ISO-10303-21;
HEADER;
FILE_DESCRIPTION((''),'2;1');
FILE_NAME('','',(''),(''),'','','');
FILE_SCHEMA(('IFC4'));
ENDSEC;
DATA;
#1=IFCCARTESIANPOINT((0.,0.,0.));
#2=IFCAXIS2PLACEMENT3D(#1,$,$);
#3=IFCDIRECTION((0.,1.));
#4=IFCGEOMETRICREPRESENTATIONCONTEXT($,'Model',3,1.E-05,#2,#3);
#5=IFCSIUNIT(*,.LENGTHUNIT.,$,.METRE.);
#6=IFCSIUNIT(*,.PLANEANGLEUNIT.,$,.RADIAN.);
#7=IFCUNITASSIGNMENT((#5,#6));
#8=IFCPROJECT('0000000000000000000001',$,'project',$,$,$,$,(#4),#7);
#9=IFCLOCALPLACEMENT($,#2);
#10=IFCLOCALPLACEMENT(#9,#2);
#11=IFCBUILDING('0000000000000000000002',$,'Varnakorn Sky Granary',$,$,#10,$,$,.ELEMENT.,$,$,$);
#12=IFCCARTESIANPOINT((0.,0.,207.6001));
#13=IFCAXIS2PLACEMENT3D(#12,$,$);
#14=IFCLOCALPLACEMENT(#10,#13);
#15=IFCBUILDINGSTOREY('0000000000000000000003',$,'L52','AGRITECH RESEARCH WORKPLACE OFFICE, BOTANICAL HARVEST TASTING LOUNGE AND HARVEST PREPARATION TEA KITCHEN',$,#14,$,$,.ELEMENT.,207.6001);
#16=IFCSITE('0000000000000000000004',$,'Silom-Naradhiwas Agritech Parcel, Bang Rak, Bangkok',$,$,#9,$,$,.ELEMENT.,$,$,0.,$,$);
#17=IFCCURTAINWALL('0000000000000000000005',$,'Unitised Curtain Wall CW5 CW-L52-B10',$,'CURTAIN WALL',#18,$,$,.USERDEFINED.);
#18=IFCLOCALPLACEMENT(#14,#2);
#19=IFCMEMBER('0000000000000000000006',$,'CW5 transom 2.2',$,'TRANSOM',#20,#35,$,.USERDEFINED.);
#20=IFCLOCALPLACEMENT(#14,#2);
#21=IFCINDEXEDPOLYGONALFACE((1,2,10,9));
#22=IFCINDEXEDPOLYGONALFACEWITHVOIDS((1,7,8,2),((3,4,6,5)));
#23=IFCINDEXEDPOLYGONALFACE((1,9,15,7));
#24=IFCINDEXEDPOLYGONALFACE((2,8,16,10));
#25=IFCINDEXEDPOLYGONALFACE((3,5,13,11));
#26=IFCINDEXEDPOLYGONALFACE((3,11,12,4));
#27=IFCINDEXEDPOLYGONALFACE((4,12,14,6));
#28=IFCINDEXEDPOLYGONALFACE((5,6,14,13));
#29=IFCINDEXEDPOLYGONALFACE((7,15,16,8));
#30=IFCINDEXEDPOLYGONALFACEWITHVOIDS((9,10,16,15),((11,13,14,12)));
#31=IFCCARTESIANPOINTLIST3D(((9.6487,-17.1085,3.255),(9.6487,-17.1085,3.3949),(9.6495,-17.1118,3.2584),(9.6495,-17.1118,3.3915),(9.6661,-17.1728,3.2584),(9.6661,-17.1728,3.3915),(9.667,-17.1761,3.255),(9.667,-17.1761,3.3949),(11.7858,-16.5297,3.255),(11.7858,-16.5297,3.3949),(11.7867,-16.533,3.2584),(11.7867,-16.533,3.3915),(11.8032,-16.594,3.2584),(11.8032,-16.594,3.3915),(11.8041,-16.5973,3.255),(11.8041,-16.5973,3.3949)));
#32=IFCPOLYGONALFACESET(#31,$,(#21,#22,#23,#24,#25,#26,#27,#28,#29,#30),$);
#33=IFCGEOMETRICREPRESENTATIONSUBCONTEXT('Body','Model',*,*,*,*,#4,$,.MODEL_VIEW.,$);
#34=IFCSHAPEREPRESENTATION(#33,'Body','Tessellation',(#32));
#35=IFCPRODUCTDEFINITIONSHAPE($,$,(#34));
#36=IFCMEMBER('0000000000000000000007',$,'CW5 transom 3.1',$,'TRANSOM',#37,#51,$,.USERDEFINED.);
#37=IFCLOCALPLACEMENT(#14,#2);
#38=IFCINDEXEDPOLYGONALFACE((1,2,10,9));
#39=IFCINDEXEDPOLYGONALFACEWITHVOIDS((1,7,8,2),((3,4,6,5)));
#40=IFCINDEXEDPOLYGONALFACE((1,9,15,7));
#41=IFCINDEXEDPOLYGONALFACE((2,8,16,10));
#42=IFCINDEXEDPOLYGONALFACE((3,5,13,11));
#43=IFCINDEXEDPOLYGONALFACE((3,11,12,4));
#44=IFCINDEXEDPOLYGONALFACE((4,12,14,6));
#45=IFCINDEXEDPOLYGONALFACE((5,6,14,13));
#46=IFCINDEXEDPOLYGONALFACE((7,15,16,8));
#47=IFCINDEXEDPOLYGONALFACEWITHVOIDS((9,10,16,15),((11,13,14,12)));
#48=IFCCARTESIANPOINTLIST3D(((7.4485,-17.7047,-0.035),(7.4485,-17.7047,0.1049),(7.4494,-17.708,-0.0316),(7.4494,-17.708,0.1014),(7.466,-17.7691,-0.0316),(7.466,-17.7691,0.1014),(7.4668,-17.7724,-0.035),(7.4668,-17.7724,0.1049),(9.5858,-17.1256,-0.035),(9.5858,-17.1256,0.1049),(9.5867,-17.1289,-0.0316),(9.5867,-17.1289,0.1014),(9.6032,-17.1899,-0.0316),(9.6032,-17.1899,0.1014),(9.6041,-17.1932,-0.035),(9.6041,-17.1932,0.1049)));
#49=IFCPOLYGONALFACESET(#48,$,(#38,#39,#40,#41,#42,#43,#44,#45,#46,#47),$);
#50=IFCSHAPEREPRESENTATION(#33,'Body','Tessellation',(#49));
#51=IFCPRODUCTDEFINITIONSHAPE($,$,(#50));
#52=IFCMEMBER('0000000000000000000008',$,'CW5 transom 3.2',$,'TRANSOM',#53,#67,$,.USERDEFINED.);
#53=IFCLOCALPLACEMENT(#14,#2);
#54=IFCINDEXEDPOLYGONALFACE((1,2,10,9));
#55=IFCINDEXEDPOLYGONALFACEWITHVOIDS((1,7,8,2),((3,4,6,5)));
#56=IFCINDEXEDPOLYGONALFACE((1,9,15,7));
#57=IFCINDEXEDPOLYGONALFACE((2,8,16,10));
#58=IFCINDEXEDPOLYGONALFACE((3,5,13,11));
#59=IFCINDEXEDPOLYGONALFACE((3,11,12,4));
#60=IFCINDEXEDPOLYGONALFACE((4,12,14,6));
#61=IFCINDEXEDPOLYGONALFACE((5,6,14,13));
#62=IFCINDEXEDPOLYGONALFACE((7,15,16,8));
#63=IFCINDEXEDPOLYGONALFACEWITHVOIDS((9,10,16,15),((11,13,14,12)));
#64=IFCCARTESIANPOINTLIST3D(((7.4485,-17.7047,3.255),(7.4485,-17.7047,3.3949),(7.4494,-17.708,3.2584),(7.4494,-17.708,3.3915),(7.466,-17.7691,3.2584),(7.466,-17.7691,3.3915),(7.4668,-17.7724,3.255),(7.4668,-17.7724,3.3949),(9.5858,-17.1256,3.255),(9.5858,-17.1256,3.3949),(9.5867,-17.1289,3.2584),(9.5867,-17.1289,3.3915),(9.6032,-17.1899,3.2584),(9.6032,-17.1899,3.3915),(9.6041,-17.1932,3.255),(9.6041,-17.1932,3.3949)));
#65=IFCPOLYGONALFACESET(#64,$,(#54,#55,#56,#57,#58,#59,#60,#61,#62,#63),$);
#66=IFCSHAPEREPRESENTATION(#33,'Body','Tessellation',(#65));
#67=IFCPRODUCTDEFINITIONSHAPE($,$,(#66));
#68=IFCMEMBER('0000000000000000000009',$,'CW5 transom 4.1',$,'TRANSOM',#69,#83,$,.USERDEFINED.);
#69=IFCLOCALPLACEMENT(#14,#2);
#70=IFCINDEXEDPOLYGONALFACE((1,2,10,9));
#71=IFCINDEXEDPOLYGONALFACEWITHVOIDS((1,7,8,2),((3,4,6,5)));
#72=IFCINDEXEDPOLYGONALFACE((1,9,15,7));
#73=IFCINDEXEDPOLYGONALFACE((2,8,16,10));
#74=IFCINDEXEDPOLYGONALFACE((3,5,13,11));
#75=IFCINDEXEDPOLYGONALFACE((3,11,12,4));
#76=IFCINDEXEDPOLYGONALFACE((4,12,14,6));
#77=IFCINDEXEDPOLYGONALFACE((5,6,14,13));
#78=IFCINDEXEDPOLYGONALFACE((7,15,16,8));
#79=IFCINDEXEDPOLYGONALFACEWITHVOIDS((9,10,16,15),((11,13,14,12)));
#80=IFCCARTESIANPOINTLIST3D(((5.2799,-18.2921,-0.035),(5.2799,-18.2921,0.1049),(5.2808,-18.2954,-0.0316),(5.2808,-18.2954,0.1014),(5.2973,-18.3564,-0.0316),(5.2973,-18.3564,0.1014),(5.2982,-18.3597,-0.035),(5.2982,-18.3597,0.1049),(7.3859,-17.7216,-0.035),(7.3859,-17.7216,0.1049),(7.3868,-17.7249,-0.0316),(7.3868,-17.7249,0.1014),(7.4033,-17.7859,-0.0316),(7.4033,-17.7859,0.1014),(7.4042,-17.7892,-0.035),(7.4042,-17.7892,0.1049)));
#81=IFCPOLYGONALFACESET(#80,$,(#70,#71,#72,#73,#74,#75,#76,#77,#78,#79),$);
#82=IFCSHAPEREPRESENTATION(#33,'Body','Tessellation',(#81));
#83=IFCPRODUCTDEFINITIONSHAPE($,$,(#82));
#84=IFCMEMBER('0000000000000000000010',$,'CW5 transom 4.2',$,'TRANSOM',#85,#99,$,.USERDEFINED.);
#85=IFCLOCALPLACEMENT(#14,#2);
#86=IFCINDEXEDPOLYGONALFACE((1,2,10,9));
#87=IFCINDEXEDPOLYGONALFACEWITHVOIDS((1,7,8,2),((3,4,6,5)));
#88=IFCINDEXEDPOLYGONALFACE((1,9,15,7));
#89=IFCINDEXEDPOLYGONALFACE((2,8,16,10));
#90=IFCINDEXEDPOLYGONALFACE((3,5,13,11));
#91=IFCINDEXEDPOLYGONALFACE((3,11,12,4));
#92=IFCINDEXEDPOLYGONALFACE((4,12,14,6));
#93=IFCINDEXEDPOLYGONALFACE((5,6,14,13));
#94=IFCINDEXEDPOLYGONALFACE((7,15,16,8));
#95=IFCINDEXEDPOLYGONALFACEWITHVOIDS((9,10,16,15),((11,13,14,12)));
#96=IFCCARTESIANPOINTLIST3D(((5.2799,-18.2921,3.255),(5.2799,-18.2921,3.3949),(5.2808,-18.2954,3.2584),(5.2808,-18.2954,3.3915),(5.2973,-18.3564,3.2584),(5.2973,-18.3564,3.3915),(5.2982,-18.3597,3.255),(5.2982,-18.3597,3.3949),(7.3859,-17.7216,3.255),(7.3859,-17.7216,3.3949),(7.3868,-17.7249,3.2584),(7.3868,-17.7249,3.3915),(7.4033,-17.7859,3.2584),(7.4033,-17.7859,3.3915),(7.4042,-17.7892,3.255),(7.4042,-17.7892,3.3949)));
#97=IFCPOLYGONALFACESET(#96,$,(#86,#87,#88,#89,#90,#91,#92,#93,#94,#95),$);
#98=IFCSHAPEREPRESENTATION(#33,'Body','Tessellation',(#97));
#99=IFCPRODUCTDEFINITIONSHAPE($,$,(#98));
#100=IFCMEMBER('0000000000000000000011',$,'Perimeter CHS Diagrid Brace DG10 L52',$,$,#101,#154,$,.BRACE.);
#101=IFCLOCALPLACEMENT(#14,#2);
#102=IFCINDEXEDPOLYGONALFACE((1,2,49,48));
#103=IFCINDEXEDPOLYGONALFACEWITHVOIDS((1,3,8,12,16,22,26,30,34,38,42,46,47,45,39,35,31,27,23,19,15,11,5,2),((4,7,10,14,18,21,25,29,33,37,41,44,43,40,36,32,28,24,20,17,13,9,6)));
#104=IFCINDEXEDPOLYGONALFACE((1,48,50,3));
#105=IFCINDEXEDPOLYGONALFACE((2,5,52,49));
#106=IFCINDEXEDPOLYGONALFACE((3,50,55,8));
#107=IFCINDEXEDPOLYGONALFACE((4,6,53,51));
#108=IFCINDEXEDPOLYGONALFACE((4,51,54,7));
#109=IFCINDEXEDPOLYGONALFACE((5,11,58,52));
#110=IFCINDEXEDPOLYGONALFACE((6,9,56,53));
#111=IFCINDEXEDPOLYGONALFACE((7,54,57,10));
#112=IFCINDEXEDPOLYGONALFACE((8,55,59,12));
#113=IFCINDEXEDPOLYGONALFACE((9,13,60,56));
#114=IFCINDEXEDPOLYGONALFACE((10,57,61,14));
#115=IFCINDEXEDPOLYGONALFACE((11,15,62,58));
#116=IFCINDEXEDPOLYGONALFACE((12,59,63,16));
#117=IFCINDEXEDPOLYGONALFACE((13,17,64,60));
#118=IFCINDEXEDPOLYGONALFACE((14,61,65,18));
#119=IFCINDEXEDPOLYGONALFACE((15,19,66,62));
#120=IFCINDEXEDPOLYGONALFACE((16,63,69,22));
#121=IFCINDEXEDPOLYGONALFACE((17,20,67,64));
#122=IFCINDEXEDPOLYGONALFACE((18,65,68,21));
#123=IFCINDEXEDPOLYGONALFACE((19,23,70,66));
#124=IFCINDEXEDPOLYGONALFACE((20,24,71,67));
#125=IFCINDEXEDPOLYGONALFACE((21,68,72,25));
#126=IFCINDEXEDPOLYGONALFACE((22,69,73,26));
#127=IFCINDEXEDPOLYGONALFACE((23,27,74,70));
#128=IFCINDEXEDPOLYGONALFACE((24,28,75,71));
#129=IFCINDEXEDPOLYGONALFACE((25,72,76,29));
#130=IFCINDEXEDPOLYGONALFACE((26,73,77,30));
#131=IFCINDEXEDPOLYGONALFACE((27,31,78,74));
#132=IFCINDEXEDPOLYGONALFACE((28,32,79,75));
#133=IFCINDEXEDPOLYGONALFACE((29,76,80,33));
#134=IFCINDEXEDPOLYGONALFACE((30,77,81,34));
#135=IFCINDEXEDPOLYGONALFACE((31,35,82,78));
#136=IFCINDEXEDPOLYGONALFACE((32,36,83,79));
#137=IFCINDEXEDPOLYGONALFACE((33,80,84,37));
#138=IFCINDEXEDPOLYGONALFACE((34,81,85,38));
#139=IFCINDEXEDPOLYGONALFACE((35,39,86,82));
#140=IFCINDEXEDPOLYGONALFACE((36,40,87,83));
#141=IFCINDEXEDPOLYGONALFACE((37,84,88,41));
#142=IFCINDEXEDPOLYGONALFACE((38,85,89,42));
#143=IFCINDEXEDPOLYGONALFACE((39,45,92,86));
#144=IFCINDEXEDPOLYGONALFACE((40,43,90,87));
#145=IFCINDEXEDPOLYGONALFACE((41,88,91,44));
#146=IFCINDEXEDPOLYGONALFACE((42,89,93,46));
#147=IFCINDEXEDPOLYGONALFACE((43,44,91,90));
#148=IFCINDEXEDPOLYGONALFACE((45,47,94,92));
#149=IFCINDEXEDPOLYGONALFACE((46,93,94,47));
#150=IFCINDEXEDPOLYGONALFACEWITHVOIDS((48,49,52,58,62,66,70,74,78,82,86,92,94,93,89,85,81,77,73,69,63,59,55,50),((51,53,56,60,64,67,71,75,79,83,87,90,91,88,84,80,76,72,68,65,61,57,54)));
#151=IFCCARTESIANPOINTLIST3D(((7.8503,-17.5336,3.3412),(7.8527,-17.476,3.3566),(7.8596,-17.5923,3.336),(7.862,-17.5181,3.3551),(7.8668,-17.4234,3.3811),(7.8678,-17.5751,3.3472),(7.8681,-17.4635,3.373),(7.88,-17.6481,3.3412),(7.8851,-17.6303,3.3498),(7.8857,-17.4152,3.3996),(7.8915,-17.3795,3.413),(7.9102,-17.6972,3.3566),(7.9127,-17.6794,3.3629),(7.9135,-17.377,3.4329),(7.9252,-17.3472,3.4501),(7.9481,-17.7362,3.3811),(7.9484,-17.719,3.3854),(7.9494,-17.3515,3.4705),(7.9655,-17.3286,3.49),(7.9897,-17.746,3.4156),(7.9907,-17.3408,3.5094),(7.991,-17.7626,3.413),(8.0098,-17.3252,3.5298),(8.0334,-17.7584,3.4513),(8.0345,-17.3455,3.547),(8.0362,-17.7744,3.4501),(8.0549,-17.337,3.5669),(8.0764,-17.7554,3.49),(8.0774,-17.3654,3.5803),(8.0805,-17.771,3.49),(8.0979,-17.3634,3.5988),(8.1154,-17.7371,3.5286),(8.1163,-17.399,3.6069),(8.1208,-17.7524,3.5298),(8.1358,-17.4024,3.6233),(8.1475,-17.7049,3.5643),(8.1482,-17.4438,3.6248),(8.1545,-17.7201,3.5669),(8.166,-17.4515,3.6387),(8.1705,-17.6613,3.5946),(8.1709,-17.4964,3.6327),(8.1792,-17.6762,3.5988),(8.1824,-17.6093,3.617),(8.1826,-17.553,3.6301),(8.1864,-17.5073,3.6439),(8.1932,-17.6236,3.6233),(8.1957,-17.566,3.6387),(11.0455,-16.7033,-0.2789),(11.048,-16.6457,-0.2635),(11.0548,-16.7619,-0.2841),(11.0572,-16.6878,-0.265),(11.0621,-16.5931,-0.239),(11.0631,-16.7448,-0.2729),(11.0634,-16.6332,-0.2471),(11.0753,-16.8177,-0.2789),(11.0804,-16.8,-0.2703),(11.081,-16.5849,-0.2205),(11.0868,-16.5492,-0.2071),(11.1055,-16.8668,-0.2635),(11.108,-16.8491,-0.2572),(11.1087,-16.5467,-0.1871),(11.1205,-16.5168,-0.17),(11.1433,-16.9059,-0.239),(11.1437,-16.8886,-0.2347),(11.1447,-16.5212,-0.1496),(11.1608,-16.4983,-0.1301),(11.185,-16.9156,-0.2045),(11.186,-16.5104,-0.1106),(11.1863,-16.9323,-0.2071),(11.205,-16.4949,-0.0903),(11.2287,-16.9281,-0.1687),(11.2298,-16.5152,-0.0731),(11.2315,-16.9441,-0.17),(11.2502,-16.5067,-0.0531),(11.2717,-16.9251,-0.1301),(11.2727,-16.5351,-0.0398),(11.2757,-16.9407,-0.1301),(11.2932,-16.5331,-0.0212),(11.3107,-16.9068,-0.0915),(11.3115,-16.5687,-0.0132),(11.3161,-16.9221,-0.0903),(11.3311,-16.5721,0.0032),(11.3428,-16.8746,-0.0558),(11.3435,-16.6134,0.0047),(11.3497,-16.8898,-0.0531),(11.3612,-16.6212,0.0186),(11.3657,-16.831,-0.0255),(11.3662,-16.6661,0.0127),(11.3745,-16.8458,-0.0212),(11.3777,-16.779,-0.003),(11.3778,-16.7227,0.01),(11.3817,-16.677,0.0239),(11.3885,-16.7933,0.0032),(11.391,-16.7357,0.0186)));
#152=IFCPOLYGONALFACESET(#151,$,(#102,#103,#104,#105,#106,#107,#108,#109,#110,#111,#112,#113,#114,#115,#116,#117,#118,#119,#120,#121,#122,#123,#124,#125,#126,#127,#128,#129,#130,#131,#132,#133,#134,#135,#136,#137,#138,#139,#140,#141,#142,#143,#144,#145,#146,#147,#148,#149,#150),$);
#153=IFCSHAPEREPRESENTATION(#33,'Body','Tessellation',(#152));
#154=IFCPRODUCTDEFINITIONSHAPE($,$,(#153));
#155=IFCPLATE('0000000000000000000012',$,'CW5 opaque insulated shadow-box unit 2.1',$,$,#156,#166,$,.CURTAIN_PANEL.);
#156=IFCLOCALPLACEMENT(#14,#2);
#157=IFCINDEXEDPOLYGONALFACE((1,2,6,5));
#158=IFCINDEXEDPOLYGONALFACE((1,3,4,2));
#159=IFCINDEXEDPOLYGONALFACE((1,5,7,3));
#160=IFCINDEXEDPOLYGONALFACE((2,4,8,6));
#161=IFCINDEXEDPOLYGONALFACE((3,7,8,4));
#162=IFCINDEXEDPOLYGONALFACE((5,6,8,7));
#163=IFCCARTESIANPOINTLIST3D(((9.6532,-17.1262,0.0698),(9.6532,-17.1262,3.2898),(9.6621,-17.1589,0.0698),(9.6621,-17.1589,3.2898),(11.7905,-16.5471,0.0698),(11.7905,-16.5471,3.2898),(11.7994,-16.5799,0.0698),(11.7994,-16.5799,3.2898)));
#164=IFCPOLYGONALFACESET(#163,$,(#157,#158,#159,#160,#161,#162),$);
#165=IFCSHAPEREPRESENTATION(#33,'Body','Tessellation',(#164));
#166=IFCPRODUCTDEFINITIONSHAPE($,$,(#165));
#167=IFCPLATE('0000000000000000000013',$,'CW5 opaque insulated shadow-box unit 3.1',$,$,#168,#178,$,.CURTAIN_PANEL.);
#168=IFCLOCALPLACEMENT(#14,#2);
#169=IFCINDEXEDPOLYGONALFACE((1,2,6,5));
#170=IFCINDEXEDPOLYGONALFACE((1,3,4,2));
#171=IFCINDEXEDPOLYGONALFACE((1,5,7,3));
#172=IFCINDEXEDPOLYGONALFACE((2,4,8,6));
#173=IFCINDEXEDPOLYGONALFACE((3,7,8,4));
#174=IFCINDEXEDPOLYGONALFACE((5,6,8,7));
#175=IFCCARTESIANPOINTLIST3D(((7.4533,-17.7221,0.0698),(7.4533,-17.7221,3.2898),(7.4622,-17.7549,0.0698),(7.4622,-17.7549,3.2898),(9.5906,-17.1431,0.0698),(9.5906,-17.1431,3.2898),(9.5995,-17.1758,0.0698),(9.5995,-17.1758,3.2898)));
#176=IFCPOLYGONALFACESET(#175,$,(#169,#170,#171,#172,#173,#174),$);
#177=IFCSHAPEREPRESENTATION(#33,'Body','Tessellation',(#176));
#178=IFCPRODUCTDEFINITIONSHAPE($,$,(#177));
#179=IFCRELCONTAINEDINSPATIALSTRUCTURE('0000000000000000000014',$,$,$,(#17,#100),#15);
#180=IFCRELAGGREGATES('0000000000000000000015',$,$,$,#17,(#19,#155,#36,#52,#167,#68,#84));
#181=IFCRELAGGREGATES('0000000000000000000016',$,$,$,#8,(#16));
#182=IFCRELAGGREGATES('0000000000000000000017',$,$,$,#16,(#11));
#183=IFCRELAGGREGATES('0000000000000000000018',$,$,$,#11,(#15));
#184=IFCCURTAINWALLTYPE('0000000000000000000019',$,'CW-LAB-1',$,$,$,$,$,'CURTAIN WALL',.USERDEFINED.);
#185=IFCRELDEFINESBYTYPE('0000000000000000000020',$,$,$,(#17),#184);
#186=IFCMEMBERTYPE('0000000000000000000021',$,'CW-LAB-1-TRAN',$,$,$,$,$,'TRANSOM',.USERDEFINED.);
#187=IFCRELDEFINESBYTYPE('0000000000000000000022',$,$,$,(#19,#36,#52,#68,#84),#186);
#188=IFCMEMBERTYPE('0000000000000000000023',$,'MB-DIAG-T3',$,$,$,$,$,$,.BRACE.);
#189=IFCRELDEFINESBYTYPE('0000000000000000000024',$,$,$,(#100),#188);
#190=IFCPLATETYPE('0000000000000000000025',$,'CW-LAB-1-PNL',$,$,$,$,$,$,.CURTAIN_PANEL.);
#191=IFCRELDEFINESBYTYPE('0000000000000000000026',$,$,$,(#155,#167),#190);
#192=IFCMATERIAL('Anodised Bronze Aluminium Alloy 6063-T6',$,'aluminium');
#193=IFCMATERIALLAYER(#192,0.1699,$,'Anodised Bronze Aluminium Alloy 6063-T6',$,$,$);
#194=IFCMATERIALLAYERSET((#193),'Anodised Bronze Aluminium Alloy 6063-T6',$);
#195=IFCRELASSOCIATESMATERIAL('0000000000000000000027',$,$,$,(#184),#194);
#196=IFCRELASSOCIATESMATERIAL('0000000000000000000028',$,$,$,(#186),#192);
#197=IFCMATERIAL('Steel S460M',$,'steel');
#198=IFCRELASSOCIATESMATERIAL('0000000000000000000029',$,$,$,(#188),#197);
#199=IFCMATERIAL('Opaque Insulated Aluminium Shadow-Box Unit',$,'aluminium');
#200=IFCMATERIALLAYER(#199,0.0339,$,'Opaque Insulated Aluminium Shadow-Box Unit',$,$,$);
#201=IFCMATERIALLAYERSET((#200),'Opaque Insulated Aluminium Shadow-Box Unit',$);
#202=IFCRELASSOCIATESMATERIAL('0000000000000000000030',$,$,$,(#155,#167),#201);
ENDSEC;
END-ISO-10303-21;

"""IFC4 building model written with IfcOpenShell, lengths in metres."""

from ifc_helpers import new_model, si_unit, direction, frame, origin, origin_2d, place, context, subcontext, project, spatial, rectangle, hollow_rectangle, hollow_circle, extrude, source, transform, mapped, material, layer, layer_set, material_profile, profile_set, type_object, element, aggregate, save


model = new_model("IFC4")

# Units and contexts
model_context = context("Model", 3, precision=1e-05, world=origin(), true_north=direction((0.0, 1.0)))
body_context = subcontext(model_context, "Body", "Model", "MODEL_VIEW")
ifc_project = project(units=[si_unit("LENGTHUNIT", "METRE"), si_unit("PLANEANGLEUNIT", "RADIAN")], contexts=[model_context])

# Site, building, storey
site_placement = place(None, origin())
site = spatial("IfcSite", under=ifc_project, at=site_placement, Name="Silom-Naradhiwas Agritech Parcel, Bang Rak, Bangkok", CompositionType="ELEMENT", RefElevation=0.0)
building_placement = place(site_placement, origin())
building = spatial("IfcBuilding", under=site, at=building_placement, Name="Varnakorn Sky Granary", CompositionType="ELEMENT")
storey_placement = place(building_placement, frame((0.0, 0.0, 207.6001)))
storey = spatial("IfcBuildingStorey", under=building, at=storey_placement, Name="L52", Description="AGRITECH RESEARCH WORKPLACE OFFICE, BOTANICAL HARVEST TASTING LOUNGE AND HARVEST PREPARATION TEA KITCHEN", CompositionType="ELEMENT", Elevation=207.6001)

# Shared definitions
ifc_material_1 = material(Name="Steel S460M", Category="steel")

# Curtain wall, members
ifc_material_2 = material(Name="Anodised Bronze Aluminium Alloy 6063-T6", Category="aluminium")
ifc_layer_1 = layer(ifc_material_2, 0.1699, Name="Anodised Bronze Aluminium Alloy 6063-T6")
ifc_layer_set_1 = layer_set([ifc_layer_1], Name="Anodised Bronze Aluminium Alloy 6063-T6")
curtain_wall_type = type_object("IfcCurtainWallType", Name="CW-LAB-1", ElementType="CURTAIN WALL", PredefinedType="USERDEFINED", material=ifc_layer_set_1)
curtain_wall_placement = place(storey_placement, origin())
curtain_wall = element("IfcCurtainWall", 1, at=curtain_wall_placement, inside=storey, type_object=curtain_wall_type, Name="Unitised Curtain Wall CW5 CW-L52-B10", ObjectType="CURTAIN WALL", PredefinedType="USERDEFINED")
ifc_material_profile_1 = material_profile(ifc_material_2, hollow_rectangle(XDim=0.0701, YDim=0.1399, WallThickness=0.0034, at=origin_2d()), Name="ALU TRAN 70x140")
ifc_profile_set_1 = profile_set([ifc_material_profile_1], Name="Anodised Bronze Aluminium Alloy 6063-T6")
member_type_1 = type_object("IfcMemberType", Name="CW-LAB-1-TRAN", ElementType="TRANSOM", PredefinedType="USERDEFINED", material=ifc_profile_set_1)
member_1_placement = place(storey_placement, frame((11.7949, -16.5635, 3.325), z_axis=(-0.965223, -0.261428, 0.0), x_axis=(0.261428, -0.965223, 0.0)))
member_1 = element("IfcMember", 2, at=member_1_placement, type_object=member_type_1, Name="CW5 transom 2.2", ObjectType="TRANSOM", PredefinedType="USERDEFINED", context=body_context, shape_type="SweptSolid", body=[
    extrude(hollow_rectangle(XDim=0.0701, YDim=0.1399, WallThickness=0.0034, at=origin_2d()), origin(), (0.0, 0.0, 1.0), 2.2141),
])
member_2_placement = place(storey_placement, frame((9.595, -17.1594, 0.0349), z_axis=(-0.965195, -0.261531, 0.0), x_axis=(0.261531, -0.965195, 0.0)))
member_2 = element("IfcMember", 3, at=member_2_placement, type_object=member_type_1, Name="CW5 transom 3.1", ObjectType="TRANSOM", PredefinedType="USERDEFINED", context=body_context, shape_type="SweptSolid", body=[
    extrude(hollow_rectangle(XDim=0.0701, YDim=0.1399, WallThickness=0.0034, at=origin_2d()), origin(), (0.0, 0.0, 1.0), 2.2144),
])
member_3_placement = place(storey_placement, frame((9.595, -17.1594, 3.325), z_axis=(-0.965195, -0.261531, 0.0), x_axis=(0.261531, -0.965195, 0.0)))
member_3 = element("IfcMember", 4, at=member_3_placement, type_object=member_type_1, Name="CW5 transom 3.2", ObjectType="TRANSOM", PredefinedType="USERDEFINED", context=body_context, shape_type="SweptSolid", body=[
    extrude(hollow_rectangle(XDim=0.0701, YDim=0.1399, WallThickness=0.0034, at=origin_2d()), origin(), (0.0, 0.0, 1.0), 2.2144),
])
member_4_placement = place(storey_placement, frame((7.395, -17.7554, 0.0349), z_axis=(-0.965204, -0.261498, 0.0), x_axis=(0.261498, -0.965204, 0.0)))
member_4 = element("IfcMember", 5, at=member_4_placement, type_object=member_type_1, Name="CW5 transom 4.1", ObjectType="TRANSOM", PredefinedType="USERDEFINED", context=body_context, shape_type="SweptSolid", body=[
    extrude(hollow_rectangle(XDim=0.0701, YDim=0.1399, WallThickness=0.0034, at=origin_2d()), origin(), (0.0, 0.0, 1.0), 2.1819),
])
member_5_placement = place(storey_placement, frame((7.395, -17.7554, 3.325), z_axis=(-0.965204, -0.261498, 0.0), x_axis=(0.261498, -0.965204, 0.0)))
member_5 = element("IfcMember", 6, at=member_5_placement, type_object=member_type_1, Name="CW5 transom 4.2", ObjectType="TRANSOM", PredefinedType="USERDEFINED", context=body_context, shape_type="SweptSolid", body=[
    extrude(hollow_rectangle(XDim=0.0701, YDim=0.1399, WallThickness=0.0034, at=origin_2d()), origin(), (0.0, 0.0, 1.0), 2.1819),
])

# Member
ifc_material_profile_2 = material_profile(ifc_material_1, hollow_circle(Radius=0.2285, WallThickness=0.0161, at=origin_2d()), Name="CHS 457x16")
ifc_profile_set_2 = profile_set([ifc_material_profile_2], Name="Steel S460M")
member_type_2 = type_object("IfcMemberType", Name="MB-DIAG-T3", PredefinedType="BRACE", material=ifc_profile_set_2)
member_6_placement = place(storey_placement, frame((11.2183, -16.7195, -0.1301), z_axis=(-0.652177, -0.169472, 0.738881), x_axis=(0.251504, -0.967856, 0.0)))
element("IfcMember", 7, at=member_6_placement, inside=storey, type_object=member_type_2, Name="Perimeter CHS Diagrid Brace DG10 L52", PredefinedType="BRACE", context=body_context, shape_type="SweptSolid", body=[
    extrude(hollow_circle(Radius=0.2285, WallThickness=0.0161, at=origin_2d()), origin(), (0.0, 0.0, 1.0), 4.8994),
])

# Plates
ifc_material_3 = material(Name="Opaque Insulated Aluminium Shadow-Box Unit", Category="aluminium")
ifc_layer_2 = layer(ifc_material_3, 0.0339, Name="Opaque Insulated Aluminium Shadow-Box Unit")
ifc_layer_set_2 = layer_set([ifc_layer_2], Name="Opaque Insulated Aluminium Shadow-Box Unit")
plate_type = type_object("IfcPlateType", Name="CW-LAB-1-PNL", PredefinedType="CURTAIN_PANEL")
shared_shape_1 = source(origin(), body_context, "Body", "SweptSolid", [
    extrude(rectangle(XDim=2.2144, YDim=0.0339, at=origin_2d()), origin(), (0.0, 0.0, 1.0), 3.22),
])
plate_1_placement = place(storey_placement, frame((10.7263, -16.853, 0.0698), z_axis=(0.0, 0.0, 1.0), x_axis=(-0.965203, -0.261502, 0.0)))
plate_1 = element("IfcPlate", 8, at=plate_1_placement, type_object=plate_type, material=ifc_layer_set_2, Name="CW5 opaque insulated shadow-box unit 2.1", PredefinedType="CURTAIN_PANEL", context=body_context, shape_type="MappedRepresentation", body=[
    mapped(shared_shape_1, transform((0.0, 0.0, 0.0), x_axis=(1.0, 0.0, 0.0), y_axis=(0.0, 1.0, 0.0), z_axis=(0.0, 0.0, 1.0), scale=1.0)),
])
plate_2_placement = place(storey_placement, frame((8.5264, -17.449, 0.0698), z_axis=(0.0, 0.0, 1.0), x_axis=(-0.965203, -0.261502, 0.0)))
plate_2 = element("IfcPlate", 9, at=plate_2_placement, type_object=plate_type, material=ifc_layer_set_2, Name="CW5 opaque insulated shadow-box unit 3.1", PredefinedType="CURTAIN_PANEL", context=body_context, shape_type="MappedRepresentation", body=[
    mapped(shared_shape_1, transform((0.0, 0.0, 0.0), x_axis=(1.0, 0.0, 0.0), y_axis=(0.0, 1.0, 0.0), z_axis=(0.0, 0.0, 1.0), scale=1.0)),
])
aggregate(curtain_wall, [member_1, plate_1, member_2, member_3, plate_2, member_4, member_5])

save(model, "model.ifc")
